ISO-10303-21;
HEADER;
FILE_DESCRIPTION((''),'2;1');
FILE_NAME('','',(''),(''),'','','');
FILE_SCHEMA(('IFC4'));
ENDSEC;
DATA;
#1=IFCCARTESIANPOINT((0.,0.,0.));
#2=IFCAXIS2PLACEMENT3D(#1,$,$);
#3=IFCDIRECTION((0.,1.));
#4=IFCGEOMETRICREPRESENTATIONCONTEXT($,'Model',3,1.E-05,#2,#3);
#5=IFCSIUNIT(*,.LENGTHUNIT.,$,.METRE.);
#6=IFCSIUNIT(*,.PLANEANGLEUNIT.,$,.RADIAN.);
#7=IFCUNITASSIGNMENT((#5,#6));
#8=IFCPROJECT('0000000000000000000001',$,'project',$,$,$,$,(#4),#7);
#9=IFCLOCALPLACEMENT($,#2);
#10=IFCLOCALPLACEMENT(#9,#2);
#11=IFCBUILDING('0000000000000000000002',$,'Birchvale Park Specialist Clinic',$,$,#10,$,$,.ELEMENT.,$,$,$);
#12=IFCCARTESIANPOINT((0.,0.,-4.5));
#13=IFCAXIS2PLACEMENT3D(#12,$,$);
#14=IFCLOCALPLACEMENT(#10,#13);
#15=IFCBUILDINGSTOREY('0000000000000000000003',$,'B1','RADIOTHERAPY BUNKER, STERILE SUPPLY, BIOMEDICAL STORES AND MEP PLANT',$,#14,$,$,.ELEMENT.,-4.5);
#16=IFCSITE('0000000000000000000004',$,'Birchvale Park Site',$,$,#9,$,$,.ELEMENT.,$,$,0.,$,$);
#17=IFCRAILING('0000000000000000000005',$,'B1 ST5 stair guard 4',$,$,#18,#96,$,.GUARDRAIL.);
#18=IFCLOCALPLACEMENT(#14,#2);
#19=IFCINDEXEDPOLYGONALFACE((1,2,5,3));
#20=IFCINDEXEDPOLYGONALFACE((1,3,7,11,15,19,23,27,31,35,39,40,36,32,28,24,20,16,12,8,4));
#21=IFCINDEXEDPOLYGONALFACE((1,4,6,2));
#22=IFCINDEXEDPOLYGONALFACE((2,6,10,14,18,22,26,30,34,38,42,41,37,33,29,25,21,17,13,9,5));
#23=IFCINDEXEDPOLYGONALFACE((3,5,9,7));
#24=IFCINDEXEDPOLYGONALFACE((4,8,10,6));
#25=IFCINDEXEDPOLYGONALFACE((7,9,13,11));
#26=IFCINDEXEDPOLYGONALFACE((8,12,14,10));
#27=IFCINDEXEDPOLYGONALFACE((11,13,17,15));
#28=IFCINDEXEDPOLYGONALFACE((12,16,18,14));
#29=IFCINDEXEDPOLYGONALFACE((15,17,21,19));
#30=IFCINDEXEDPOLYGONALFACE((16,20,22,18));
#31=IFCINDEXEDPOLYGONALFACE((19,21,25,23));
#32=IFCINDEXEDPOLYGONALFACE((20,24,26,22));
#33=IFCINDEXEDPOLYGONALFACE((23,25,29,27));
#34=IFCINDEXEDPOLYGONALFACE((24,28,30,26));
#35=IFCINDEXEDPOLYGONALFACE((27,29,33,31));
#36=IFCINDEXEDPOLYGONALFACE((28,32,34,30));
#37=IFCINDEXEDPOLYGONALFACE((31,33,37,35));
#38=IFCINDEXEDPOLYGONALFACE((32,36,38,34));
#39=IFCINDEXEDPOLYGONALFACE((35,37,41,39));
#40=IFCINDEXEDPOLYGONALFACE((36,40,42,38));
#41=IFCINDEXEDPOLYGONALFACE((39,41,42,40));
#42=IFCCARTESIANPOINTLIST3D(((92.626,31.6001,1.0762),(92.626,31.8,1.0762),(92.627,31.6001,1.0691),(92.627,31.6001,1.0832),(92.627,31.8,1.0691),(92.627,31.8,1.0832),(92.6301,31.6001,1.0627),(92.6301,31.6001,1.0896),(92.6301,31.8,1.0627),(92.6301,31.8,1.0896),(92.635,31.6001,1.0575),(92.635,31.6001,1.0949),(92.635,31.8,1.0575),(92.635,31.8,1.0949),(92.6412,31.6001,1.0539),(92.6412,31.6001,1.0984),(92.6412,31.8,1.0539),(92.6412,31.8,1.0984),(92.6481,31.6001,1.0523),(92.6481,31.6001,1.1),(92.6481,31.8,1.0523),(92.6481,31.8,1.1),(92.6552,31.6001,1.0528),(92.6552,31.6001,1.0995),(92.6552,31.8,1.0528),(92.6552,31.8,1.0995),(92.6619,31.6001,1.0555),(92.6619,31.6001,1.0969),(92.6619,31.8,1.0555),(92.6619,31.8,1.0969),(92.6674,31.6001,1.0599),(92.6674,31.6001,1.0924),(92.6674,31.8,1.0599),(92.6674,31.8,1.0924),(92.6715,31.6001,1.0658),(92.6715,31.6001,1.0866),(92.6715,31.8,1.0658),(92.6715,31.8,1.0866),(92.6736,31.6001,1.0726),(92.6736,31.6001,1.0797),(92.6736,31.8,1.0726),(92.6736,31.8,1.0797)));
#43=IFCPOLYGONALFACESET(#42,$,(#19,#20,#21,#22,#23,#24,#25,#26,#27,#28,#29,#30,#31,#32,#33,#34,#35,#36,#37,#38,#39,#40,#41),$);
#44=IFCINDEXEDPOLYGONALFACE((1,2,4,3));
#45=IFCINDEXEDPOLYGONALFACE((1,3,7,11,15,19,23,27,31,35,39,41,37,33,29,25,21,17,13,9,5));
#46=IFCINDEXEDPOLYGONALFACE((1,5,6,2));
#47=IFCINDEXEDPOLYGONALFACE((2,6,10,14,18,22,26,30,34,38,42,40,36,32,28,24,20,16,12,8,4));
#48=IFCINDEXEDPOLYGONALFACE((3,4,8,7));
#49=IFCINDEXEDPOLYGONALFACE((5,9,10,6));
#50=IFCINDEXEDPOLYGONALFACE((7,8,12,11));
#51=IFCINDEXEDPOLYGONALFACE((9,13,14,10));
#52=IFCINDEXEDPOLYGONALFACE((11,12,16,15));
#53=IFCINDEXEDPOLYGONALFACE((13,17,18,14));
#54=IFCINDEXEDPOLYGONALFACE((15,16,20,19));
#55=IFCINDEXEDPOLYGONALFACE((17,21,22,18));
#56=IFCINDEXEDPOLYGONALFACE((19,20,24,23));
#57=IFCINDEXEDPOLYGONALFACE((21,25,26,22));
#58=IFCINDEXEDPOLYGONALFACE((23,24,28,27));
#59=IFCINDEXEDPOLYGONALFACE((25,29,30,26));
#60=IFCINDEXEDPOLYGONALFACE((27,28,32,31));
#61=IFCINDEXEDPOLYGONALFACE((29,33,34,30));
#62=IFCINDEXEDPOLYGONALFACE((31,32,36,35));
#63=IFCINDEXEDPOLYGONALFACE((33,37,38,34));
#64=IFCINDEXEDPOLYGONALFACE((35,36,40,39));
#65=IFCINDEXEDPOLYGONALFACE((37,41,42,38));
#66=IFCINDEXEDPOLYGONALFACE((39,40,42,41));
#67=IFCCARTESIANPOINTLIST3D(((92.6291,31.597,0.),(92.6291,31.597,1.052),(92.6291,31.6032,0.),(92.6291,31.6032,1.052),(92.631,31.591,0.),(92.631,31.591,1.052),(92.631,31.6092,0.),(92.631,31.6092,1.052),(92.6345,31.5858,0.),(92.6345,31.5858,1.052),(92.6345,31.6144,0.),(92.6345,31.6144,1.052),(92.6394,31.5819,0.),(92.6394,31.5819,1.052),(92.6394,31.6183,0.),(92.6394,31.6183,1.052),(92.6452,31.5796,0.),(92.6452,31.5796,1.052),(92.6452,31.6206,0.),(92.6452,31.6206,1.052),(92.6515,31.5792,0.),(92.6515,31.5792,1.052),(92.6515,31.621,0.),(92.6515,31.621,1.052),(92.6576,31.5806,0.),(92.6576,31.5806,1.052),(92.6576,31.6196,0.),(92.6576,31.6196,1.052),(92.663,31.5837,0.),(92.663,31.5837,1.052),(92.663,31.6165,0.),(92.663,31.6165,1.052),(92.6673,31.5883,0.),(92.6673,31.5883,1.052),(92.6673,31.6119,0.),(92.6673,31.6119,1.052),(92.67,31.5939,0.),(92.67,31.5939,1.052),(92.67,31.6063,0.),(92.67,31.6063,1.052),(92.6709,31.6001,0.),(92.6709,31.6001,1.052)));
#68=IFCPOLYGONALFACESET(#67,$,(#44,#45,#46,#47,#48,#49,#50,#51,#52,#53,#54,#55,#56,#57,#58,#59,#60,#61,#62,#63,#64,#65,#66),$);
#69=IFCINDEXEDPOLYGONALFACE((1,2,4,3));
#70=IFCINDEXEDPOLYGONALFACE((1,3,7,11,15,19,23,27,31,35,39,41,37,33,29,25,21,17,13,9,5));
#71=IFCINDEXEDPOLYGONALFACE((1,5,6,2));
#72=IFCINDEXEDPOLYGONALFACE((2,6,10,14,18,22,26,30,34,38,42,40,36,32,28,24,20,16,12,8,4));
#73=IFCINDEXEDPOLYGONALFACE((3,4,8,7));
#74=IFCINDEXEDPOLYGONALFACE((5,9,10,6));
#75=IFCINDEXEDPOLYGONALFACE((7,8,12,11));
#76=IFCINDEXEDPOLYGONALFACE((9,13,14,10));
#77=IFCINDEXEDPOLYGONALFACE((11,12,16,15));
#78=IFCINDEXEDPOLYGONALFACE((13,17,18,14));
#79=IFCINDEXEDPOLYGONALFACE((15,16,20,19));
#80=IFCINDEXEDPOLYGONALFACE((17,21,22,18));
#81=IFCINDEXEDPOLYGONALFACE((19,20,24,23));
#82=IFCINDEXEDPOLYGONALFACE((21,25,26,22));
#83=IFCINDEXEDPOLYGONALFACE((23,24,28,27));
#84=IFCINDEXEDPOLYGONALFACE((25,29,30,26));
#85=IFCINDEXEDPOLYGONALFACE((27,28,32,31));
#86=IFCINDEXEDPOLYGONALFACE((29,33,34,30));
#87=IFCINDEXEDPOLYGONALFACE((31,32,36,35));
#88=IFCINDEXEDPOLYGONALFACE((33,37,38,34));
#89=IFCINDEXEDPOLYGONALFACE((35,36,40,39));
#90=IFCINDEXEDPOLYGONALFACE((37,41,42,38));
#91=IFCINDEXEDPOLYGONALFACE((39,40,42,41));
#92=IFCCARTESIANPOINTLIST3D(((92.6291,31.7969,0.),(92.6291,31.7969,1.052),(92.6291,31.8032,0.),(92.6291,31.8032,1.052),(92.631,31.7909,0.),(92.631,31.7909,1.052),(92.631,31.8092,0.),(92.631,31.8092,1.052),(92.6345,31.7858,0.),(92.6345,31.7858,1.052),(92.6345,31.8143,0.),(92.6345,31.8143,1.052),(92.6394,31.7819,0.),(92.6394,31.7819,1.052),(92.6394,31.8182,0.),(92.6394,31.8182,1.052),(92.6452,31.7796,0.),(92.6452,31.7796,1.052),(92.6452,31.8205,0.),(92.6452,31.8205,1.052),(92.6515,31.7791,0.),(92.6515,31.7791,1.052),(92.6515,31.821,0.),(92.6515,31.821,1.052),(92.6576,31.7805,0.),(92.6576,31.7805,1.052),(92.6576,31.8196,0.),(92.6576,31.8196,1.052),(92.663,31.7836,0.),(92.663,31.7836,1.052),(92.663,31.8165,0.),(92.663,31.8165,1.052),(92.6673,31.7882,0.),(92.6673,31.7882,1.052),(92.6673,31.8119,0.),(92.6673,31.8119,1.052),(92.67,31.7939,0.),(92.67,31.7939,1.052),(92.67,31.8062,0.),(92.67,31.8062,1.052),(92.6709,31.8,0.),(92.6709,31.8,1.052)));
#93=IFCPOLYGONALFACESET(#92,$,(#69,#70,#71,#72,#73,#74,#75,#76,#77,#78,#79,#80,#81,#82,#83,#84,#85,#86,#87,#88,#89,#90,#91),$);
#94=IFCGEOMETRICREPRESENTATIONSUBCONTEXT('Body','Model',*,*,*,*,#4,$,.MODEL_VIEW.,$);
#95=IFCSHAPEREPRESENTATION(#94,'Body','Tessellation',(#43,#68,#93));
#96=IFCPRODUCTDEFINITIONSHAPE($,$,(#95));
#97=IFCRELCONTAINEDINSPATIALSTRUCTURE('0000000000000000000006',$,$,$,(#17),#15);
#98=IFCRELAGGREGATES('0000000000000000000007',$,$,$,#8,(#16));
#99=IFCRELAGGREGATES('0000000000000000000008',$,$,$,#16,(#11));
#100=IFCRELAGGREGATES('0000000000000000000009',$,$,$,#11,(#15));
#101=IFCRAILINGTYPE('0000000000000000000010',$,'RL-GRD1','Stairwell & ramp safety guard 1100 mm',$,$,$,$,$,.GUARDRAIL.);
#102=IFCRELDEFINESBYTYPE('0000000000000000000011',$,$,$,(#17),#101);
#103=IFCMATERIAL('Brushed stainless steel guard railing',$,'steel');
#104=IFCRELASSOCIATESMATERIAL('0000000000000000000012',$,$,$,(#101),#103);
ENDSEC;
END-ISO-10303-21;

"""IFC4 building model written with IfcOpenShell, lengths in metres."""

from ifc_helpers import new_model, si_unit, direction, frame, origin, origin_2d, place, context, subcontext, project, spatial, circle, extrude, material, type_object, element, save


model = new_model("IFC4")

# Units and contexts
model_context = context("Model", 3, precision=1e-05, world=origin(), true_north=direction((0.0, 1.0)))
body_context = subcontext(model_context, "Body", "Model", "MODEL_VIEW")
ifc_project = project(units=[si_unit("LENGTHUNIT", "METRE"), si_unit("PLANEANGLEUNIT", "RADIAN")], contexts=[model_context])

# Site, building, storey
site_placement = place(None, origin())
site = spatial("IfcSite", under=ifc_project, at=site_placement, Name="Birchvale Park Site", CompositionType="ELEMENT", RefElevation=0.0)
building_placement = place(site_placement, origin())
building = spatial("IfcBuilding", under=site, at=building_placement, Name="Birchvale Park Specialist Clinic", CompositionType="ELEMENT")
storey_placement = place(building_placement, frame((0.0, 0.0, -4.5)))
storey = spatial("IfcBuildingStorey", under=building, at=storey_placement, Name="B1", Description="RADIOTHERAPY BUNKER, STERILE SUPPLY, BIOMEDICAL STORES AND MEP PLANT", CompositionType="ELEMENT", Elevation=-4.5)

# Railing
ifc_material_1 = material(Name="Brushed stainless steel guard railing", Category="steel")
railing_type_1 = type_object("IfcRailingType", Name="RL-GRD1", Description="Stairwell & ramp safety guard 1100 mm", PredefinedType="GUARDRAIL", material=ifc_material_1)
railing_1_placement = place(storey_placement, frame((92.6499, 31.6001, 0.0)))
element("IfcRailing", 1, at=railing_1_placement, inside=storey, type_object=railing_type_1, Name="B1 ST5 stair guard 4", PredefinedType="GUARDRAIL", context=body_context, shape_type="SweptSolid", body=[
    extrude(circle(Radius=0.0239, at=origin_2d()), frame((0.0, 0.0, 1.0762), z_axis=(0.0, 1.0, 0.0), x_axis=(-1.0, 0.0, 0.0)), (0.0, 0.0, 1.0), 0.2),
    extrude(circle(Radius=0.021, at=origin_2d()), origin(), (0.0, 0.0, 1.0), 1.052),
    extrude(circle(Radius=0.021, at=origin_2d()), frame((0.0, 0.2, 0.0)), (0.0, 0.0, 1.0), 1.052),
])

save(model, "model.ifc")
